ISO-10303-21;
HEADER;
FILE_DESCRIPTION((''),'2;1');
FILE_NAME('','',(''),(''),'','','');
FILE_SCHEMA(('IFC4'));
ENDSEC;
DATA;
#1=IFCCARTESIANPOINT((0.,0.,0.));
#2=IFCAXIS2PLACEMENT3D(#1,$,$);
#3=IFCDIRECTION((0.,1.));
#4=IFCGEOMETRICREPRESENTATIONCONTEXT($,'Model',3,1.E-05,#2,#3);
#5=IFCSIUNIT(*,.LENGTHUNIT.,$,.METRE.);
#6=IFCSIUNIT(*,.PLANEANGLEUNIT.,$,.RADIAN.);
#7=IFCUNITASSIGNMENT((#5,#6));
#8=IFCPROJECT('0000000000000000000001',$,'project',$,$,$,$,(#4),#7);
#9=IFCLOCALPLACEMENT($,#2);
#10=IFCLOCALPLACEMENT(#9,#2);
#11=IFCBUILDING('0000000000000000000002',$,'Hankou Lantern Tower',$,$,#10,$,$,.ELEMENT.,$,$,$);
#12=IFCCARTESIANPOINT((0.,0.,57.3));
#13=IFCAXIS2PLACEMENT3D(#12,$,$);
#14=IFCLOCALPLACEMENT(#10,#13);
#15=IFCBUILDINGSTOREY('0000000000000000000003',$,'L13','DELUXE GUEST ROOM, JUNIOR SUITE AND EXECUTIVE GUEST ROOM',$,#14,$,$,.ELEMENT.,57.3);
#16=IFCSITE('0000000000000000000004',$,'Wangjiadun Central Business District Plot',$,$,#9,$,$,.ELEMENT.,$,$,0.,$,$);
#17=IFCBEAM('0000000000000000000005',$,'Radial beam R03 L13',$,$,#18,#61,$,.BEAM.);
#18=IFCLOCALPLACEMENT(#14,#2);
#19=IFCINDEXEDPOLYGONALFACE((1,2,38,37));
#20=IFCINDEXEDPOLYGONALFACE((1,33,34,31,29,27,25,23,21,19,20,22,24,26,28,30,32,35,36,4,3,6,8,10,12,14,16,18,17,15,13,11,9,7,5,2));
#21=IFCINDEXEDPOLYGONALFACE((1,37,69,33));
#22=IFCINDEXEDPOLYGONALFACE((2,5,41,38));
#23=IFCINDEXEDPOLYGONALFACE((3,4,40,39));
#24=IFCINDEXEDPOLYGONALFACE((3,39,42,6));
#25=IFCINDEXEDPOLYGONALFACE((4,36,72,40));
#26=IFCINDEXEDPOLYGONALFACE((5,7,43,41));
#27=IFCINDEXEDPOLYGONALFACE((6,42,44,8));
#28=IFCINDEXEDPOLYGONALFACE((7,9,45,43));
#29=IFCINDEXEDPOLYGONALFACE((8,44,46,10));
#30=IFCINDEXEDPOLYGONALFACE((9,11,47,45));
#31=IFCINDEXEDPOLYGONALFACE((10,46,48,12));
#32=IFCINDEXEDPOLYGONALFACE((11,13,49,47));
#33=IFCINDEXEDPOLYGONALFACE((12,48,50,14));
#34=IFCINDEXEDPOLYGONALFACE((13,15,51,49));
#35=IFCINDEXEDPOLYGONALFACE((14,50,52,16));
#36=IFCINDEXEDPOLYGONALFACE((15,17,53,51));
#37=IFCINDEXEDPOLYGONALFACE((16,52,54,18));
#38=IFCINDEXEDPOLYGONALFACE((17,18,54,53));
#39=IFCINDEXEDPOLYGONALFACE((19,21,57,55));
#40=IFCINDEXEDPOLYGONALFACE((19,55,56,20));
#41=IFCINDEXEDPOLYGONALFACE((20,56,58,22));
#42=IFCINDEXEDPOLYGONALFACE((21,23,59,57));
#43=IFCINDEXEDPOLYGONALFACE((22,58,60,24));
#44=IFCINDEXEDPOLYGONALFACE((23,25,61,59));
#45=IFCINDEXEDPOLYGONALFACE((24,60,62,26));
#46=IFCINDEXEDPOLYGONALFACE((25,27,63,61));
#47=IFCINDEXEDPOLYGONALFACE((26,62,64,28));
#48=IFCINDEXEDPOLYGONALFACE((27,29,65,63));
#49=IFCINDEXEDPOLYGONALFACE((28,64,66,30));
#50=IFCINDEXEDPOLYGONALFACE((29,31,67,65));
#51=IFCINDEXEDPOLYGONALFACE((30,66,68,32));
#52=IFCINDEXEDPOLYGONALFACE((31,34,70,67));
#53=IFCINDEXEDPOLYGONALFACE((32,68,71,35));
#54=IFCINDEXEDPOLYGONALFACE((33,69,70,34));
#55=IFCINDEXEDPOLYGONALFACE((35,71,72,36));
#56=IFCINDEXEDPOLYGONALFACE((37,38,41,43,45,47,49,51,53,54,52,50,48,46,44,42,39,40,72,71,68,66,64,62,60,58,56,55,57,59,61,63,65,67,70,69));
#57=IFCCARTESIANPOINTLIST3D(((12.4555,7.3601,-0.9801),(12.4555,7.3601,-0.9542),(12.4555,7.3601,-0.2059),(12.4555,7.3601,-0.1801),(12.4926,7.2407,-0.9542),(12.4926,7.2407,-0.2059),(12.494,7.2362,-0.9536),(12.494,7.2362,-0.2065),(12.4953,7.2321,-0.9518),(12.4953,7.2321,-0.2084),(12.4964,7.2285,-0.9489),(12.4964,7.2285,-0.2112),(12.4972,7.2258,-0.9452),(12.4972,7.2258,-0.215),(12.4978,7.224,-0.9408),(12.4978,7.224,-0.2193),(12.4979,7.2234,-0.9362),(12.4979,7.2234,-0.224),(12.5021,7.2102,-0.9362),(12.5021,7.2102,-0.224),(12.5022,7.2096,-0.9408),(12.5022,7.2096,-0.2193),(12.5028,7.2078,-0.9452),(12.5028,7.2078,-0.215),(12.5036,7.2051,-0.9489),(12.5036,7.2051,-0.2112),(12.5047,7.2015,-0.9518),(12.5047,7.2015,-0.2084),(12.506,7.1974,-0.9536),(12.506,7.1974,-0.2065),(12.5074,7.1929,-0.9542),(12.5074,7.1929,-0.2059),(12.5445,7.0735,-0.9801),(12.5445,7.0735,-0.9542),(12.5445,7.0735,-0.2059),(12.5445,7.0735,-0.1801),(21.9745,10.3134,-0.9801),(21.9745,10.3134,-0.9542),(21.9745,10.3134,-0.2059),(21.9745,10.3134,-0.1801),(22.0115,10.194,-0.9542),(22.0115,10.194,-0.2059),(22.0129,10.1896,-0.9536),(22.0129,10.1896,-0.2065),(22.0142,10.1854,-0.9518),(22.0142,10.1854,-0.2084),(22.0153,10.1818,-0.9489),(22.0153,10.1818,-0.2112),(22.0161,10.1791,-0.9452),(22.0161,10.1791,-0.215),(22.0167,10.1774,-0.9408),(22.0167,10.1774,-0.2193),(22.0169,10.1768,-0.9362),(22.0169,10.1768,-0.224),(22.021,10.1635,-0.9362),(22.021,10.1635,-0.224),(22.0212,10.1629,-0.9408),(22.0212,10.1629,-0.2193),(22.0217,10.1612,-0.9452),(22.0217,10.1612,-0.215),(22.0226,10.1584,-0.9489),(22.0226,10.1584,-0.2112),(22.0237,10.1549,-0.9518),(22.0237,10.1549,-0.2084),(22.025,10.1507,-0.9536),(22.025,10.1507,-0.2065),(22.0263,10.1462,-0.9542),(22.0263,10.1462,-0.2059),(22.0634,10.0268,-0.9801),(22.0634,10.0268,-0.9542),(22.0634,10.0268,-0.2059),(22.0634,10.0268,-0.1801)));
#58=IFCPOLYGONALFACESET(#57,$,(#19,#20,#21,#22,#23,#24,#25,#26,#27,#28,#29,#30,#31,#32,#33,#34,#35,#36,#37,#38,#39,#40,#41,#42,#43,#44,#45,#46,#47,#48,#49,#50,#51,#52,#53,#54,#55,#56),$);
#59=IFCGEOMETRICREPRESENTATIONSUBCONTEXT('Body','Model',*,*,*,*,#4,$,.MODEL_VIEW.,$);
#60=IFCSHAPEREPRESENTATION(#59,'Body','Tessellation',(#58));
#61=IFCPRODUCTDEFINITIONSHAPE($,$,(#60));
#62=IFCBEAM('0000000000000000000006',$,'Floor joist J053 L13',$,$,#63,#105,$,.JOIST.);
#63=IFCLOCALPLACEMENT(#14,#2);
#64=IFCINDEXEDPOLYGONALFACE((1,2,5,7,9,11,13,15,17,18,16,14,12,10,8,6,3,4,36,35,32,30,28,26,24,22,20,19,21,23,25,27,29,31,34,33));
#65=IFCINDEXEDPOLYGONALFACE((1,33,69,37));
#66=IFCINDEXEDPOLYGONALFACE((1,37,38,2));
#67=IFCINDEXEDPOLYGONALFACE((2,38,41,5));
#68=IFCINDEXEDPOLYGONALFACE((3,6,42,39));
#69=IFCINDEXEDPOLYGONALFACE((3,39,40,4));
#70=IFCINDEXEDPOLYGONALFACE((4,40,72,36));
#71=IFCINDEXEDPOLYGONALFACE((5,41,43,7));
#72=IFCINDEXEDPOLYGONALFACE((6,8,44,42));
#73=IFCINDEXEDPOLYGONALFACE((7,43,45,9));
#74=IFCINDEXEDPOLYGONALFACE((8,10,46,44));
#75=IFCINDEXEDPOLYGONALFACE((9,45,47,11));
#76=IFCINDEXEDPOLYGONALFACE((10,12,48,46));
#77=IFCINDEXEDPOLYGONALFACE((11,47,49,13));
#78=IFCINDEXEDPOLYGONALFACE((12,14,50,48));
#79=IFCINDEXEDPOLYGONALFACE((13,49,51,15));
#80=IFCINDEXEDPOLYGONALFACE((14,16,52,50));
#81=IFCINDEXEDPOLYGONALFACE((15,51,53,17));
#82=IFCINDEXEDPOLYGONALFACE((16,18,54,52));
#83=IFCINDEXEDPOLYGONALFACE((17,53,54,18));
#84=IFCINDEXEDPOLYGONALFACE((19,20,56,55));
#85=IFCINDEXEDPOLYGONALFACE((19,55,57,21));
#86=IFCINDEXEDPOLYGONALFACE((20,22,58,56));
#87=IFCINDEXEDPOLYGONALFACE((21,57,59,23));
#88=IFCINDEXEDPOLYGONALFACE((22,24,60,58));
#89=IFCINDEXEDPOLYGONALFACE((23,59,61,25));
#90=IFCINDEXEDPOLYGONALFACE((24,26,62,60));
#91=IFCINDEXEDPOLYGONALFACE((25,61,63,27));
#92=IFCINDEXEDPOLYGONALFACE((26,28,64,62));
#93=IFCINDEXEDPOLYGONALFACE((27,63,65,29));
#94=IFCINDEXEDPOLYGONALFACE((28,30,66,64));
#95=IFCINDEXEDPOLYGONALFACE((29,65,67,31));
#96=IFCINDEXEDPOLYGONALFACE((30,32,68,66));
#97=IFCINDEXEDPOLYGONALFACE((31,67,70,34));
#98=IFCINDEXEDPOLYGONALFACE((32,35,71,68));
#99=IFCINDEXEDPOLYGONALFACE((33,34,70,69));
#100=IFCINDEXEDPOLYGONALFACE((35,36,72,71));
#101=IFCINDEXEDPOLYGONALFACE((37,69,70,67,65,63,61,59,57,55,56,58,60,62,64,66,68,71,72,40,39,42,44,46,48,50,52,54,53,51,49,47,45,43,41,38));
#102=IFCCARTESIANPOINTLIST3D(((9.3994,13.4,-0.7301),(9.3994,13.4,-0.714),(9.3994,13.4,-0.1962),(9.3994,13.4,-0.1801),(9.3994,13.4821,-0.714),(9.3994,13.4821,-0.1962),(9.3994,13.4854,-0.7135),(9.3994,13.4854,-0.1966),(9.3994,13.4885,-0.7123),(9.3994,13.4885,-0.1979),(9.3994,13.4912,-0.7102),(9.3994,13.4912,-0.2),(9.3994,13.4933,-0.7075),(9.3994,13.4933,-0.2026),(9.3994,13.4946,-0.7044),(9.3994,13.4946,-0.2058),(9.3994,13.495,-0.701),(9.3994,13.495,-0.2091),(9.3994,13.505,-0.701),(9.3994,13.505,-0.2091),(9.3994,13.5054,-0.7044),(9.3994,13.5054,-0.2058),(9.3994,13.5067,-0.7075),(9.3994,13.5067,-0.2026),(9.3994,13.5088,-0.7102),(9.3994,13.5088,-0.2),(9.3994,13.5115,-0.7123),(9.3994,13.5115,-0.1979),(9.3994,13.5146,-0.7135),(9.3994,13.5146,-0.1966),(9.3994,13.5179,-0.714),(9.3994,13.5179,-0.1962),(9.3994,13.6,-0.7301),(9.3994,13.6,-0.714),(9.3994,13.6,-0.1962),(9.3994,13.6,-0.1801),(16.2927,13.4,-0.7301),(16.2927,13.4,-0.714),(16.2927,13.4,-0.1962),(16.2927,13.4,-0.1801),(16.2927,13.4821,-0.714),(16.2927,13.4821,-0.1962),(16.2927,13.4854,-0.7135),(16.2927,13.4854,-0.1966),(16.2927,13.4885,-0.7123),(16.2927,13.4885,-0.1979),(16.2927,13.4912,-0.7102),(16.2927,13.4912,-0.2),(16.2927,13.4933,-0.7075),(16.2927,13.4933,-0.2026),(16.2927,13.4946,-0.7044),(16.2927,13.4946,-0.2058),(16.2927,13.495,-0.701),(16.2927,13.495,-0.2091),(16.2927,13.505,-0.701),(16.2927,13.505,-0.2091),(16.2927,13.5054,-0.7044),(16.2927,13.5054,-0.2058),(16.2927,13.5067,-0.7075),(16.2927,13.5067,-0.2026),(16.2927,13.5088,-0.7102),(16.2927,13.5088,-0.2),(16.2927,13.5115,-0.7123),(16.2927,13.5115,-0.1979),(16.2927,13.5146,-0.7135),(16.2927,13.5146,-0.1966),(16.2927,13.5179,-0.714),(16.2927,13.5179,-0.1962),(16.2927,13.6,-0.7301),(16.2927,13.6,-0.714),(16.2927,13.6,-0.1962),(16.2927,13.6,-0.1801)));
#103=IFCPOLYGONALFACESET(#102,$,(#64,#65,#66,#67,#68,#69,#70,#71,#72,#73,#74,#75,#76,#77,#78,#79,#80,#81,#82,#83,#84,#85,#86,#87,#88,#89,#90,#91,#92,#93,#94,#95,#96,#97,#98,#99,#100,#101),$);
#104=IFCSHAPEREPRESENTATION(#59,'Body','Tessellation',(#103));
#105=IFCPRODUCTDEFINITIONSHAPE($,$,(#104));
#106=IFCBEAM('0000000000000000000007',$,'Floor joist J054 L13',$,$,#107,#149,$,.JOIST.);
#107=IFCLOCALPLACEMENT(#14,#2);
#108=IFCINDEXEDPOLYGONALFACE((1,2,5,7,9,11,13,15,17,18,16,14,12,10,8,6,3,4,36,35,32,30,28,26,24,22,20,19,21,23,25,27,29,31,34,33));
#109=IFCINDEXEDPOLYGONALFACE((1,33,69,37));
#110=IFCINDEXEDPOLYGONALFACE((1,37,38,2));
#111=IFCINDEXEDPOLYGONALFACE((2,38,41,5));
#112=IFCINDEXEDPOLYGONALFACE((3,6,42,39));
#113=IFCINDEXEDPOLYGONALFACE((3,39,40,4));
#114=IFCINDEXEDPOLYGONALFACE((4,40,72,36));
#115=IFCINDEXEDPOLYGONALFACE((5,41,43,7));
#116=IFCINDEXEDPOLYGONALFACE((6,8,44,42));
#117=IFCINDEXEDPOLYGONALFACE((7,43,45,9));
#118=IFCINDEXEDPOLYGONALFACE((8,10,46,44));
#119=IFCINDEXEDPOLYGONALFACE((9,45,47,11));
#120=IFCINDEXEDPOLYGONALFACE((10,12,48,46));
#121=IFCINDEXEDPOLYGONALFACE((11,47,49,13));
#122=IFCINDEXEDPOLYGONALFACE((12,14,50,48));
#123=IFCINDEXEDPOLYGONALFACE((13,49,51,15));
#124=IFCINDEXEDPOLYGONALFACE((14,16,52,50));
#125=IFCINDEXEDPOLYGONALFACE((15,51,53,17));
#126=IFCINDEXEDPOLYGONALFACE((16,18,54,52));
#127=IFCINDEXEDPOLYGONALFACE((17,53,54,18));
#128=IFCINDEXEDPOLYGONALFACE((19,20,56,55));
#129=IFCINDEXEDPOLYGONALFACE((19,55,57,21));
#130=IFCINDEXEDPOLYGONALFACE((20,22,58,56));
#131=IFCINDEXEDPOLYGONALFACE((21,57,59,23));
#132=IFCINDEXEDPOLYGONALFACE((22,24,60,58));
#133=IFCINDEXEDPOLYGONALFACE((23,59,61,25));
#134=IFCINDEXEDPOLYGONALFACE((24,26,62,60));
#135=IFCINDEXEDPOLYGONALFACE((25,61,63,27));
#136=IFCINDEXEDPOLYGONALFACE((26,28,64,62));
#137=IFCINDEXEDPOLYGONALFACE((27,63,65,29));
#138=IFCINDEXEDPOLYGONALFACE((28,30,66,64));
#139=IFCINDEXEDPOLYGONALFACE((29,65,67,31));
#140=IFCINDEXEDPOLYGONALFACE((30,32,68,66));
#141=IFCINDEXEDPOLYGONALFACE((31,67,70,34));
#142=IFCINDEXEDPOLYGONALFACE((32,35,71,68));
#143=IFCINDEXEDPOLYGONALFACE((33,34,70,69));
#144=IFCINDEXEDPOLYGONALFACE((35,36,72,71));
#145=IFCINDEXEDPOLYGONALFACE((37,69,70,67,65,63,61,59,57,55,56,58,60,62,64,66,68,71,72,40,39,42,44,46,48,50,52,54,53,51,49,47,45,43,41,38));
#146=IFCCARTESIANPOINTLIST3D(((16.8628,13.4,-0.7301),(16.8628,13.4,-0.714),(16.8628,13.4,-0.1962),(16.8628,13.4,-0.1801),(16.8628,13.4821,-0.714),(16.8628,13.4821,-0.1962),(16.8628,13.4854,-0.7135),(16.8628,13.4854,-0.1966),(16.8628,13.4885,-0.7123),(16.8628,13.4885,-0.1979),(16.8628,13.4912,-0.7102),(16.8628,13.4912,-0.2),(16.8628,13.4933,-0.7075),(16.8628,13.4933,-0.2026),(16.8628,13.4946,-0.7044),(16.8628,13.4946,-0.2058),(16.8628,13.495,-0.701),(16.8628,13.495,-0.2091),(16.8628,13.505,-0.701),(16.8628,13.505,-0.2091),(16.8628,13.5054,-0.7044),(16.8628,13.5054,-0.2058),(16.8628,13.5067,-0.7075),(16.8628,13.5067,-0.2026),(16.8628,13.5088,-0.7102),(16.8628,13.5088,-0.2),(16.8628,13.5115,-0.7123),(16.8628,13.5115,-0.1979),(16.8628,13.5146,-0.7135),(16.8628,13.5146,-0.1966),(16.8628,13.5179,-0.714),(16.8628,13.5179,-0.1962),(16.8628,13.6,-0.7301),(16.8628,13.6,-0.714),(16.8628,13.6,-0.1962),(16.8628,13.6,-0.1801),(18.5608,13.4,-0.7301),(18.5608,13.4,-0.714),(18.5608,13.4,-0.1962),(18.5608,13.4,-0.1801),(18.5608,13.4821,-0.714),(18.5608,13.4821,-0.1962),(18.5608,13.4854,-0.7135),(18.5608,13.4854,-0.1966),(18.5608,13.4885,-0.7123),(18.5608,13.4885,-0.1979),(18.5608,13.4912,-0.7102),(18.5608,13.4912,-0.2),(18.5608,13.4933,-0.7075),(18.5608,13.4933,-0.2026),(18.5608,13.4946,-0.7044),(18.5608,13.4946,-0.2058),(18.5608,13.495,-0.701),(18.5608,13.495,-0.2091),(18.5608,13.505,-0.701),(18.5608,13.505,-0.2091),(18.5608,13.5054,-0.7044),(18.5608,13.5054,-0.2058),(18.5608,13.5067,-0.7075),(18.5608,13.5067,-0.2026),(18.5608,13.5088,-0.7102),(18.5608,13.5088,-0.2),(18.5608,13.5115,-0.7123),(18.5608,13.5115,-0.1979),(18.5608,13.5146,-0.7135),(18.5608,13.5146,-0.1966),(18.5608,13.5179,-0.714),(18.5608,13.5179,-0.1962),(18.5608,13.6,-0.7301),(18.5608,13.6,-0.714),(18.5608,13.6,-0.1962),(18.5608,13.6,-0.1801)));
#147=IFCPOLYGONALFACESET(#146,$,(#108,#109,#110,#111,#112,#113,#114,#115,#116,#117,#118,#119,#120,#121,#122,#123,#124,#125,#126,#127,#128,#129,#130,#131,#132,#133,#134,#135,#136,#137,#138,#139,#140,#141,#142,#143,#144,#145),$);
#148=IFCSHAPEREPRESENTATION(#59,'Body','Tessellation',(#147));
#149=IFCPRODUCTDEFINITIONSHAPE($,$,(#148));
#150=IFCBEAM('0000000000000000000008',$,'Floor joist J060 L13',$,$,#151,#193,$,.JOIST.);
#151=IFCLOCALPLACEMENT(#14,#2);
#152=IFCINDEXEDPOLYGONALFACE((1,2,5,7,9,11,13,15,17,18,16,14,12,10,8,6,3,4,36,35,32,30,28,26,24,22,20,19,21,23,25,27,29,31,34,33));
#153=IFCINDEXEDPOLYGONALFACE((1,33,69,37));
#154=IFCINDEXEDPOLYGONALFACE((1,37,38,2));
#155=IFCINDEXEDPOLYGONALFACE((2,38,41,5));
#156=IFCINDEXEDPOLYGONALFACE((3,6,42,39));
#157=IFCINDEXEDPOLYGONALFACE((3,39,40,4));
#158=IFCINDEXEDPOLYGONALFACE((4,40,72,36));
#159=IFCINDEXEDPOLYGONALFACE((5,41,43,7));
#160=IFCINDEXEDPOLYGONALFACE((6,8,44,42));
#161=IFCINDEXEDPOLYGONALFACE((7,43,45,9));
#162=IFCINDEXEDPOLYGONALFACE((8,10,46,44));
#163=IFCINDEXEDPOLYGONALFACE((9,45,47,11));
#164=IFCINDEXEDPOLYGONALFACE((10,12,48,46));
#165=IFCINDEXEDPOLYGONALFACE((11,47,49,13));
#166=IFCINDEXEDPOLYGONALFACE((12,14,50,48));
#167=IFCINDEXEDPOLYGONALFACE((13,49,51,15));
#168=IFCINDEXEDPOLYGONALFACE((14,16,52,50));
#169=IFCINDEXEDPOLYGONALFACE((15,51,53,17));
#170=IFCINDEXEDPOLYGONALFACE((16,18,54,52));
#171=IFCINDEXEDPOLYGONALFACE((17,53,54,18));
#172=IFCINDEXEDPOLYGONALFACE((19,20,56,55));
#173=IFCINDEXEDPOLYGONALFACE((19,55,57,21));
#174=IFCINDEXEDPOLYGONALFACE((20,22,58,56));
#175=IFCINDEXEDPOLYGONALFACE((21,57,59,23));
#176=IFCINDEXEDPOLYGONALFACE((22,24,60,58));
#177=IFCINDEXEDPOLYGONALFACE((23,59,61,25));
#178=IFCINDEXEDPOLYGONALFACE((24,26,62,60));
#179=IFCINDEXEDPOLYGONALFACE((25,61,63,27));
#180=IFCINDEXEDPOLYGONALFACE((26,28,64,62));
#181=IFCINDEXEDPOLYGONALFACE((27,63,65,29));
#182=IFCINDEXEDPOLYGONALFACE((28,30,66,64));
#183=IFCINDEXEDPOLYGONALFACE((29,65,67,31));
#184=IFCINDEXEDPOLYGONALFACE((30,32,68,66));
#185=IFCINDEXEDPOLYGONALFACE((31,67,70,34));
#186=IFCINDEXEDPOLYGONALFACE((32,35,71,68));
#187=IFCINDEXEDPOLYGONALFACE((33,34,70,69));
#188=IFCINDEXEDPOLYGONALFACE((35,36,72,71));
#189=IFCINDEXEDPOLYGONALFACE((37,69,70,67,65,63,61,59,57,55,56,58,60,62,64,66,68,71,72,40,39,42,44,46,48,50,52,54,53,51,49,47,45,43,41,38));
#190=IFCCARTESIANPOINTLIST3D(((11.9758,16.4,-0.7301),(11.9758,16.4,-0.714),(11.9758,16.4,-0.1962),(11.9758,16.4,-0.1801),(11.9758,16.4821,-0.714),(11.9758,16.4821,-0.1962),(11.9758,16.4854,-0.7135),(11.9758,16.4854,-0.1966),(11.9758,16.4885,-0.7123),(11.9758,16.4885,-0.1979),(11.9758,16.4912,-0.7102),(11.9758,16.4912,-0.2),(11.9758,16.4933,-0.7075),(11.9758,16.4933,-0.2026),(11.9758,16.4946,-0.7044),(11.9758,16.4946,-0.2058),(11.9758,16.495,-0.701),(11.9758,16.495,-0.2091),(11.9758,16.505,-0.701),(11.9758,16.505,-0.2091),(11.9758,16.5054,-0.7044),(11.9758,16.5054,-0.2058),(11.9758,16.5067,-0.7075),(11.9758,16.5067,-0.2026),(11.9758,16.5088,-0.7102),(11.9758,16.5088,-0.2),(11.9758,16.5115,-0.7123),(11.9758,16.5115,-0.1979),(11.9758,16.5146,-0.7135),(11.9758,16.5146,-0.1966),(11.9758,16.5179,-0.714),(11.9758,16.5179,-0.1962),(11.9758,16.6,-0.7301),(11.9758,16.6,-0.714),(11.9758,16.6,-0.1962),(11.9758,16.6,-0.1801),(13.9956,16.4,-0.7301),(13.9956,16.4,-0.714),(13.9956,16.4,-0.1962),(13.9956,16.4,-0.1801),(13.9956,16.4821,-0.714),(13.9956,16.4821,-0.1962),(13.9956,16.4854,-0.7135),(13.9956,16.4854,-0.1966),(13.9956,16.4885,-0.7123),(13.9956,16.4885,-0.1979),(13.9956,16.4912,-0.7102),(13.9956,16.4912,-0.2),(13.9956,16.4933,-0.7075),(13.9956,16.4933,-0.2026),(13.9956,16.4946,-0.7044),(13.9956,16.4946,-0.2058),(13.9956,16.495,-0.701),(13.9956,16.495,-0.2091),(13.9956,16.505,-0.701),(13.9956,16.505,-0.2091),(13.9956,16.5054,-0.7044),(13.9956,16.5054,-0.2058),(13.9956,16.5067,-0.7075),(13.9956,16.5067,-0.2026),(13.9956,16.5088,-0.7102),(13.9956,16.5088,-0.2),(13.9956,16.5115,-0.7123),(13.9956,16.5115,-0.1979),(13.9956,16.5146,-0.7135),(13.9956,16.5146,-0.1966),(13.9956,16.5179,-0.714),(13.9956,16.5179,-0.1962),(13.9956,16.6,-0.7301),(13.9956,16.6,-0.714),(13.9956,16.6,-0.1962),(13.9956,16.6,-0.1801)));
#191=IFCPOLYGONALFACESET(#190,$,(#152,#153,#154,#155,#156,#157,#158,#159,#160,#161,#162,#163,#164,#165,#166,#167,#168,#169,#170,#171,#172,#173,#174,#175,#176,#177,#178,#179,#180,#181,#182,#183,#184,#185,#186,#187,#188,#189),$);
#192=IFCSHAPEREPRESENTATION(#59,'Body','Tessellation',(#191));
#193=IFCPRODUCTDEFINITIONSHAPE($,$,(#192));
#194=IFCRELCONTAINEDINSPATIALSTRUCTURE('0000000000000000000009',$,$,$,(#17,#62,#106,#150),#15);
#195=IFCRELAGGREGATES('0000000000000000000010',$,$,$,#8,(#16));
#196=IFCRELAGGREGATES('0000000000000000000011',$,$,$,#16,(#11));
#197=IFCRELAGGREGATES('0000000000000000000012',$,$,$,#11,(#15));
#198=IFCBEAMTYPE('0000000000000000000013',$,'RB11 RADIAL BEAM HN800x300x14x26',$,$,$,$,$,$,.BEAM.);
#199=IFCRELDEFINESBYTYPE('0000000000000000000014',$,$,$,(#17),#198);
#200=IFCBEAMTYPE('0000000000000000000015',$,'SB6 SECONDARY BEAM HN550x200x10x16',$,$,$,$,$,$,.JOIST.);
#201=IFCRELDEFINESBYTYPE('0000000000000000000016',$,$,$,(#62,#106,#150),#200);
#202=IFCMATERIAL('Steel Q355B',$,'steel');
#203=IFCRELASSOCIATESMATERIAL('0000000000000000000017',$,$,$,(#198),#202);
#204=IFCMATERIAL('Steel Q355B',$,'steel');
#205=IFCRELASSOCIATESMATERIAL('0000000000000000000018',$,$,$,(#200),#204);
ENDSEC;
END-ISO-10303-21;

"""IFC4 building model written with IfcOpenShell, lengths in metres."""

from ifc_helpers import new_model, si_unit, direction, frame, origin, origin_2d, place, context, subcontext, project, spatial, i_section, extrude, material, material_profile, profile_set, type_object, element, save


model = new_model("IFC4")

# Units and contexts
model_context = context("Model", 3, precision=1e-05, world=origin(), true_north=direction((0.0, 1.0)))
body_context = subcontext(model_context, "Body", "Model", "MODEL_VIEW")
ifc_project = project(units=[si_unit("LENGTHUNIT", "METRE"), si_unit("PLANEANGLEUNIT", "RADIAN")], contexts=[model_context])

# Site, building, storey
site_placement = place(None, origin())
site = spatial("IfcSite", under=ifc_project, at=site_placement, Name="Wangjiadun Central Business District Plot", CompositionType="ELEMENT", RefElevation=0.0)
building_placement = place(site_placement, origin())
building = spatial("IfcBuilding", under=site, at=building_placement, Name="Hankou Lantern Tower", CompositionType="ELEMENT")
storey_placement = place(building_placement, frame((0.0, 0.0, 57.3)))
storey = spatial("IfcBuildingStorey", under=building, at=storey_placement, Name="L13", Description="DELUXE GUEST ROOM, JUNIOR SUITE AND EXECUTIVE GUEST ROOM", CompositionType="ELEMENT", Elevation=57.3)

# Beams
ifc_material_1 = material(Name="Steel Q355B", Category="steel")
ifc_material_profile_1 = material_profile(ifc_material_1, i_section(OverallWidth=0.3, OverallDepth=0.8, WebThickness=0.0139, FlangeThickness=0.0259, FilletRadius=0.0181, at=origin_2d()), Name="HN800x300x14x26")
ifc_profile_set_1 = profile_set([ifc_material_profile_1], Name="Steel Q355B")
beam_type_1 = type_object("IfcBeamType", Name="RB11 RADIAL BEAM HN800x300x14x26", PredefinedType="BEAM", material=ifc_profile_set_1)
beam_1_placement = place(storey_placement, frame((12.5, 7.2168, -0.5801), z_axis=(0.955087, 0.296324, 0.0), x_axis=(-0.296324, 0.955087, 0.0)))
element("IfcBeam", 1, at=beam_1_placement, inside=storey, type_object=beam_type_1, Name="Radial beam R03 L13", PredefinedType="BEAM", context=body_context, shape_type="SweptSolid", body=[
    extrude(i_section(OverallWidth=0.3, OverallDepth=0.8, WebThickness=0.0139, FlangeThickness=0.0259, FilletRadius=0.0181, at=origin_2d()), origin(), (0.0, 0.0, 1.0), 9.9666),
])
ifc_material_2 = material(Name="Steel Q355B", Category="steel")
ifc_material_profile_2 = material_profile(ifc_material_2, i_section(OverallWidth=0.2, OverallDepth=0.55, WebThickness=0.01, FlangeThickness=0.0161, FilletRadius=0.0129, at=origin_2d()), Name="HN550x200x10x16")
ifc_profile_set_2 = profile_set([ifc_material_profile_2], Name="Steel Q355B")
beam_type_2 = type_object("IfcBeamType", Name="SB6 SECONDARY BEAM HN550x200x10x16", PredefinedType="JOIST", material=ifc_profile_set_2)
beam_2_placement = place(storey_placement, frame((9.3994, 13.5, -0.4551), z_axis=(1.0, 0.0, 0.0), x_axis=(0.0, 1.0, 0.0)))
element("IfcBeam", 2, at=beam_2_placement, inside=storey, type_object=beam_type_2, Name="Floor joist J053 L13", PredefinedType="JOIST", context=body_context, shape_type="SweptSolid", body=[
    extrude(i_section(OverallWidth=0.2, OverallDepth=0.55, WebThickness=0.01, FlangeThickness=0.0161, FilletRadius=0.0129, at=origin_2d()), origin(), (0.0, 0.0, 1.0), 6.8933),
])
beam_3_placement = place(storey_placement, frame((16.8628, 13.5, -0.4551), z_axis=(1.0, 0.0, 0.0), x_axis=(0.0, 1.0, 0.0)))
element("IfcBeam", 3, at=beam_3_placement, inside=storey, type_object=beam_type_2, Name="Floor joist J054 L13", PredefinedType="JOIST", context=body_context, shape_type="SweptSolid", body=[
    extrude(i_section(OverallWidth=0.2, OverallDepth=0.55, WebThickness=0.01, FlangeThickness=0.0161, FilletRadius=0.0129, at=origin_2d()), origin(), (0.0, 0.0, 1.0), 1.698),
])
beam_4_placement = place(storey_placement, frame((11.9758, 16.5, -0.4551), z_axis=(1.0, 0.0, 0.0), x_axis=(0.0, 1.0, 0.0)))
element("IfcBeam", 4, at=beam_4_placement, inside=storey, type_object=beam_type_2, Name="Floor joist J060 L13", PredefinedType="JOIST", context=body_context, shape_type="SweptSolid", body=[
    extrude(i_section(OverallWidth=0.2, OverallDepth=0.55, WebThickness=0.01, FlangeThickness=0.0161, FilletRadius=0.0129, at=origin_2d()), origin(), (0.0, 0.0, 1.0), 2.0198),
])

save(model, "model.ifc")
